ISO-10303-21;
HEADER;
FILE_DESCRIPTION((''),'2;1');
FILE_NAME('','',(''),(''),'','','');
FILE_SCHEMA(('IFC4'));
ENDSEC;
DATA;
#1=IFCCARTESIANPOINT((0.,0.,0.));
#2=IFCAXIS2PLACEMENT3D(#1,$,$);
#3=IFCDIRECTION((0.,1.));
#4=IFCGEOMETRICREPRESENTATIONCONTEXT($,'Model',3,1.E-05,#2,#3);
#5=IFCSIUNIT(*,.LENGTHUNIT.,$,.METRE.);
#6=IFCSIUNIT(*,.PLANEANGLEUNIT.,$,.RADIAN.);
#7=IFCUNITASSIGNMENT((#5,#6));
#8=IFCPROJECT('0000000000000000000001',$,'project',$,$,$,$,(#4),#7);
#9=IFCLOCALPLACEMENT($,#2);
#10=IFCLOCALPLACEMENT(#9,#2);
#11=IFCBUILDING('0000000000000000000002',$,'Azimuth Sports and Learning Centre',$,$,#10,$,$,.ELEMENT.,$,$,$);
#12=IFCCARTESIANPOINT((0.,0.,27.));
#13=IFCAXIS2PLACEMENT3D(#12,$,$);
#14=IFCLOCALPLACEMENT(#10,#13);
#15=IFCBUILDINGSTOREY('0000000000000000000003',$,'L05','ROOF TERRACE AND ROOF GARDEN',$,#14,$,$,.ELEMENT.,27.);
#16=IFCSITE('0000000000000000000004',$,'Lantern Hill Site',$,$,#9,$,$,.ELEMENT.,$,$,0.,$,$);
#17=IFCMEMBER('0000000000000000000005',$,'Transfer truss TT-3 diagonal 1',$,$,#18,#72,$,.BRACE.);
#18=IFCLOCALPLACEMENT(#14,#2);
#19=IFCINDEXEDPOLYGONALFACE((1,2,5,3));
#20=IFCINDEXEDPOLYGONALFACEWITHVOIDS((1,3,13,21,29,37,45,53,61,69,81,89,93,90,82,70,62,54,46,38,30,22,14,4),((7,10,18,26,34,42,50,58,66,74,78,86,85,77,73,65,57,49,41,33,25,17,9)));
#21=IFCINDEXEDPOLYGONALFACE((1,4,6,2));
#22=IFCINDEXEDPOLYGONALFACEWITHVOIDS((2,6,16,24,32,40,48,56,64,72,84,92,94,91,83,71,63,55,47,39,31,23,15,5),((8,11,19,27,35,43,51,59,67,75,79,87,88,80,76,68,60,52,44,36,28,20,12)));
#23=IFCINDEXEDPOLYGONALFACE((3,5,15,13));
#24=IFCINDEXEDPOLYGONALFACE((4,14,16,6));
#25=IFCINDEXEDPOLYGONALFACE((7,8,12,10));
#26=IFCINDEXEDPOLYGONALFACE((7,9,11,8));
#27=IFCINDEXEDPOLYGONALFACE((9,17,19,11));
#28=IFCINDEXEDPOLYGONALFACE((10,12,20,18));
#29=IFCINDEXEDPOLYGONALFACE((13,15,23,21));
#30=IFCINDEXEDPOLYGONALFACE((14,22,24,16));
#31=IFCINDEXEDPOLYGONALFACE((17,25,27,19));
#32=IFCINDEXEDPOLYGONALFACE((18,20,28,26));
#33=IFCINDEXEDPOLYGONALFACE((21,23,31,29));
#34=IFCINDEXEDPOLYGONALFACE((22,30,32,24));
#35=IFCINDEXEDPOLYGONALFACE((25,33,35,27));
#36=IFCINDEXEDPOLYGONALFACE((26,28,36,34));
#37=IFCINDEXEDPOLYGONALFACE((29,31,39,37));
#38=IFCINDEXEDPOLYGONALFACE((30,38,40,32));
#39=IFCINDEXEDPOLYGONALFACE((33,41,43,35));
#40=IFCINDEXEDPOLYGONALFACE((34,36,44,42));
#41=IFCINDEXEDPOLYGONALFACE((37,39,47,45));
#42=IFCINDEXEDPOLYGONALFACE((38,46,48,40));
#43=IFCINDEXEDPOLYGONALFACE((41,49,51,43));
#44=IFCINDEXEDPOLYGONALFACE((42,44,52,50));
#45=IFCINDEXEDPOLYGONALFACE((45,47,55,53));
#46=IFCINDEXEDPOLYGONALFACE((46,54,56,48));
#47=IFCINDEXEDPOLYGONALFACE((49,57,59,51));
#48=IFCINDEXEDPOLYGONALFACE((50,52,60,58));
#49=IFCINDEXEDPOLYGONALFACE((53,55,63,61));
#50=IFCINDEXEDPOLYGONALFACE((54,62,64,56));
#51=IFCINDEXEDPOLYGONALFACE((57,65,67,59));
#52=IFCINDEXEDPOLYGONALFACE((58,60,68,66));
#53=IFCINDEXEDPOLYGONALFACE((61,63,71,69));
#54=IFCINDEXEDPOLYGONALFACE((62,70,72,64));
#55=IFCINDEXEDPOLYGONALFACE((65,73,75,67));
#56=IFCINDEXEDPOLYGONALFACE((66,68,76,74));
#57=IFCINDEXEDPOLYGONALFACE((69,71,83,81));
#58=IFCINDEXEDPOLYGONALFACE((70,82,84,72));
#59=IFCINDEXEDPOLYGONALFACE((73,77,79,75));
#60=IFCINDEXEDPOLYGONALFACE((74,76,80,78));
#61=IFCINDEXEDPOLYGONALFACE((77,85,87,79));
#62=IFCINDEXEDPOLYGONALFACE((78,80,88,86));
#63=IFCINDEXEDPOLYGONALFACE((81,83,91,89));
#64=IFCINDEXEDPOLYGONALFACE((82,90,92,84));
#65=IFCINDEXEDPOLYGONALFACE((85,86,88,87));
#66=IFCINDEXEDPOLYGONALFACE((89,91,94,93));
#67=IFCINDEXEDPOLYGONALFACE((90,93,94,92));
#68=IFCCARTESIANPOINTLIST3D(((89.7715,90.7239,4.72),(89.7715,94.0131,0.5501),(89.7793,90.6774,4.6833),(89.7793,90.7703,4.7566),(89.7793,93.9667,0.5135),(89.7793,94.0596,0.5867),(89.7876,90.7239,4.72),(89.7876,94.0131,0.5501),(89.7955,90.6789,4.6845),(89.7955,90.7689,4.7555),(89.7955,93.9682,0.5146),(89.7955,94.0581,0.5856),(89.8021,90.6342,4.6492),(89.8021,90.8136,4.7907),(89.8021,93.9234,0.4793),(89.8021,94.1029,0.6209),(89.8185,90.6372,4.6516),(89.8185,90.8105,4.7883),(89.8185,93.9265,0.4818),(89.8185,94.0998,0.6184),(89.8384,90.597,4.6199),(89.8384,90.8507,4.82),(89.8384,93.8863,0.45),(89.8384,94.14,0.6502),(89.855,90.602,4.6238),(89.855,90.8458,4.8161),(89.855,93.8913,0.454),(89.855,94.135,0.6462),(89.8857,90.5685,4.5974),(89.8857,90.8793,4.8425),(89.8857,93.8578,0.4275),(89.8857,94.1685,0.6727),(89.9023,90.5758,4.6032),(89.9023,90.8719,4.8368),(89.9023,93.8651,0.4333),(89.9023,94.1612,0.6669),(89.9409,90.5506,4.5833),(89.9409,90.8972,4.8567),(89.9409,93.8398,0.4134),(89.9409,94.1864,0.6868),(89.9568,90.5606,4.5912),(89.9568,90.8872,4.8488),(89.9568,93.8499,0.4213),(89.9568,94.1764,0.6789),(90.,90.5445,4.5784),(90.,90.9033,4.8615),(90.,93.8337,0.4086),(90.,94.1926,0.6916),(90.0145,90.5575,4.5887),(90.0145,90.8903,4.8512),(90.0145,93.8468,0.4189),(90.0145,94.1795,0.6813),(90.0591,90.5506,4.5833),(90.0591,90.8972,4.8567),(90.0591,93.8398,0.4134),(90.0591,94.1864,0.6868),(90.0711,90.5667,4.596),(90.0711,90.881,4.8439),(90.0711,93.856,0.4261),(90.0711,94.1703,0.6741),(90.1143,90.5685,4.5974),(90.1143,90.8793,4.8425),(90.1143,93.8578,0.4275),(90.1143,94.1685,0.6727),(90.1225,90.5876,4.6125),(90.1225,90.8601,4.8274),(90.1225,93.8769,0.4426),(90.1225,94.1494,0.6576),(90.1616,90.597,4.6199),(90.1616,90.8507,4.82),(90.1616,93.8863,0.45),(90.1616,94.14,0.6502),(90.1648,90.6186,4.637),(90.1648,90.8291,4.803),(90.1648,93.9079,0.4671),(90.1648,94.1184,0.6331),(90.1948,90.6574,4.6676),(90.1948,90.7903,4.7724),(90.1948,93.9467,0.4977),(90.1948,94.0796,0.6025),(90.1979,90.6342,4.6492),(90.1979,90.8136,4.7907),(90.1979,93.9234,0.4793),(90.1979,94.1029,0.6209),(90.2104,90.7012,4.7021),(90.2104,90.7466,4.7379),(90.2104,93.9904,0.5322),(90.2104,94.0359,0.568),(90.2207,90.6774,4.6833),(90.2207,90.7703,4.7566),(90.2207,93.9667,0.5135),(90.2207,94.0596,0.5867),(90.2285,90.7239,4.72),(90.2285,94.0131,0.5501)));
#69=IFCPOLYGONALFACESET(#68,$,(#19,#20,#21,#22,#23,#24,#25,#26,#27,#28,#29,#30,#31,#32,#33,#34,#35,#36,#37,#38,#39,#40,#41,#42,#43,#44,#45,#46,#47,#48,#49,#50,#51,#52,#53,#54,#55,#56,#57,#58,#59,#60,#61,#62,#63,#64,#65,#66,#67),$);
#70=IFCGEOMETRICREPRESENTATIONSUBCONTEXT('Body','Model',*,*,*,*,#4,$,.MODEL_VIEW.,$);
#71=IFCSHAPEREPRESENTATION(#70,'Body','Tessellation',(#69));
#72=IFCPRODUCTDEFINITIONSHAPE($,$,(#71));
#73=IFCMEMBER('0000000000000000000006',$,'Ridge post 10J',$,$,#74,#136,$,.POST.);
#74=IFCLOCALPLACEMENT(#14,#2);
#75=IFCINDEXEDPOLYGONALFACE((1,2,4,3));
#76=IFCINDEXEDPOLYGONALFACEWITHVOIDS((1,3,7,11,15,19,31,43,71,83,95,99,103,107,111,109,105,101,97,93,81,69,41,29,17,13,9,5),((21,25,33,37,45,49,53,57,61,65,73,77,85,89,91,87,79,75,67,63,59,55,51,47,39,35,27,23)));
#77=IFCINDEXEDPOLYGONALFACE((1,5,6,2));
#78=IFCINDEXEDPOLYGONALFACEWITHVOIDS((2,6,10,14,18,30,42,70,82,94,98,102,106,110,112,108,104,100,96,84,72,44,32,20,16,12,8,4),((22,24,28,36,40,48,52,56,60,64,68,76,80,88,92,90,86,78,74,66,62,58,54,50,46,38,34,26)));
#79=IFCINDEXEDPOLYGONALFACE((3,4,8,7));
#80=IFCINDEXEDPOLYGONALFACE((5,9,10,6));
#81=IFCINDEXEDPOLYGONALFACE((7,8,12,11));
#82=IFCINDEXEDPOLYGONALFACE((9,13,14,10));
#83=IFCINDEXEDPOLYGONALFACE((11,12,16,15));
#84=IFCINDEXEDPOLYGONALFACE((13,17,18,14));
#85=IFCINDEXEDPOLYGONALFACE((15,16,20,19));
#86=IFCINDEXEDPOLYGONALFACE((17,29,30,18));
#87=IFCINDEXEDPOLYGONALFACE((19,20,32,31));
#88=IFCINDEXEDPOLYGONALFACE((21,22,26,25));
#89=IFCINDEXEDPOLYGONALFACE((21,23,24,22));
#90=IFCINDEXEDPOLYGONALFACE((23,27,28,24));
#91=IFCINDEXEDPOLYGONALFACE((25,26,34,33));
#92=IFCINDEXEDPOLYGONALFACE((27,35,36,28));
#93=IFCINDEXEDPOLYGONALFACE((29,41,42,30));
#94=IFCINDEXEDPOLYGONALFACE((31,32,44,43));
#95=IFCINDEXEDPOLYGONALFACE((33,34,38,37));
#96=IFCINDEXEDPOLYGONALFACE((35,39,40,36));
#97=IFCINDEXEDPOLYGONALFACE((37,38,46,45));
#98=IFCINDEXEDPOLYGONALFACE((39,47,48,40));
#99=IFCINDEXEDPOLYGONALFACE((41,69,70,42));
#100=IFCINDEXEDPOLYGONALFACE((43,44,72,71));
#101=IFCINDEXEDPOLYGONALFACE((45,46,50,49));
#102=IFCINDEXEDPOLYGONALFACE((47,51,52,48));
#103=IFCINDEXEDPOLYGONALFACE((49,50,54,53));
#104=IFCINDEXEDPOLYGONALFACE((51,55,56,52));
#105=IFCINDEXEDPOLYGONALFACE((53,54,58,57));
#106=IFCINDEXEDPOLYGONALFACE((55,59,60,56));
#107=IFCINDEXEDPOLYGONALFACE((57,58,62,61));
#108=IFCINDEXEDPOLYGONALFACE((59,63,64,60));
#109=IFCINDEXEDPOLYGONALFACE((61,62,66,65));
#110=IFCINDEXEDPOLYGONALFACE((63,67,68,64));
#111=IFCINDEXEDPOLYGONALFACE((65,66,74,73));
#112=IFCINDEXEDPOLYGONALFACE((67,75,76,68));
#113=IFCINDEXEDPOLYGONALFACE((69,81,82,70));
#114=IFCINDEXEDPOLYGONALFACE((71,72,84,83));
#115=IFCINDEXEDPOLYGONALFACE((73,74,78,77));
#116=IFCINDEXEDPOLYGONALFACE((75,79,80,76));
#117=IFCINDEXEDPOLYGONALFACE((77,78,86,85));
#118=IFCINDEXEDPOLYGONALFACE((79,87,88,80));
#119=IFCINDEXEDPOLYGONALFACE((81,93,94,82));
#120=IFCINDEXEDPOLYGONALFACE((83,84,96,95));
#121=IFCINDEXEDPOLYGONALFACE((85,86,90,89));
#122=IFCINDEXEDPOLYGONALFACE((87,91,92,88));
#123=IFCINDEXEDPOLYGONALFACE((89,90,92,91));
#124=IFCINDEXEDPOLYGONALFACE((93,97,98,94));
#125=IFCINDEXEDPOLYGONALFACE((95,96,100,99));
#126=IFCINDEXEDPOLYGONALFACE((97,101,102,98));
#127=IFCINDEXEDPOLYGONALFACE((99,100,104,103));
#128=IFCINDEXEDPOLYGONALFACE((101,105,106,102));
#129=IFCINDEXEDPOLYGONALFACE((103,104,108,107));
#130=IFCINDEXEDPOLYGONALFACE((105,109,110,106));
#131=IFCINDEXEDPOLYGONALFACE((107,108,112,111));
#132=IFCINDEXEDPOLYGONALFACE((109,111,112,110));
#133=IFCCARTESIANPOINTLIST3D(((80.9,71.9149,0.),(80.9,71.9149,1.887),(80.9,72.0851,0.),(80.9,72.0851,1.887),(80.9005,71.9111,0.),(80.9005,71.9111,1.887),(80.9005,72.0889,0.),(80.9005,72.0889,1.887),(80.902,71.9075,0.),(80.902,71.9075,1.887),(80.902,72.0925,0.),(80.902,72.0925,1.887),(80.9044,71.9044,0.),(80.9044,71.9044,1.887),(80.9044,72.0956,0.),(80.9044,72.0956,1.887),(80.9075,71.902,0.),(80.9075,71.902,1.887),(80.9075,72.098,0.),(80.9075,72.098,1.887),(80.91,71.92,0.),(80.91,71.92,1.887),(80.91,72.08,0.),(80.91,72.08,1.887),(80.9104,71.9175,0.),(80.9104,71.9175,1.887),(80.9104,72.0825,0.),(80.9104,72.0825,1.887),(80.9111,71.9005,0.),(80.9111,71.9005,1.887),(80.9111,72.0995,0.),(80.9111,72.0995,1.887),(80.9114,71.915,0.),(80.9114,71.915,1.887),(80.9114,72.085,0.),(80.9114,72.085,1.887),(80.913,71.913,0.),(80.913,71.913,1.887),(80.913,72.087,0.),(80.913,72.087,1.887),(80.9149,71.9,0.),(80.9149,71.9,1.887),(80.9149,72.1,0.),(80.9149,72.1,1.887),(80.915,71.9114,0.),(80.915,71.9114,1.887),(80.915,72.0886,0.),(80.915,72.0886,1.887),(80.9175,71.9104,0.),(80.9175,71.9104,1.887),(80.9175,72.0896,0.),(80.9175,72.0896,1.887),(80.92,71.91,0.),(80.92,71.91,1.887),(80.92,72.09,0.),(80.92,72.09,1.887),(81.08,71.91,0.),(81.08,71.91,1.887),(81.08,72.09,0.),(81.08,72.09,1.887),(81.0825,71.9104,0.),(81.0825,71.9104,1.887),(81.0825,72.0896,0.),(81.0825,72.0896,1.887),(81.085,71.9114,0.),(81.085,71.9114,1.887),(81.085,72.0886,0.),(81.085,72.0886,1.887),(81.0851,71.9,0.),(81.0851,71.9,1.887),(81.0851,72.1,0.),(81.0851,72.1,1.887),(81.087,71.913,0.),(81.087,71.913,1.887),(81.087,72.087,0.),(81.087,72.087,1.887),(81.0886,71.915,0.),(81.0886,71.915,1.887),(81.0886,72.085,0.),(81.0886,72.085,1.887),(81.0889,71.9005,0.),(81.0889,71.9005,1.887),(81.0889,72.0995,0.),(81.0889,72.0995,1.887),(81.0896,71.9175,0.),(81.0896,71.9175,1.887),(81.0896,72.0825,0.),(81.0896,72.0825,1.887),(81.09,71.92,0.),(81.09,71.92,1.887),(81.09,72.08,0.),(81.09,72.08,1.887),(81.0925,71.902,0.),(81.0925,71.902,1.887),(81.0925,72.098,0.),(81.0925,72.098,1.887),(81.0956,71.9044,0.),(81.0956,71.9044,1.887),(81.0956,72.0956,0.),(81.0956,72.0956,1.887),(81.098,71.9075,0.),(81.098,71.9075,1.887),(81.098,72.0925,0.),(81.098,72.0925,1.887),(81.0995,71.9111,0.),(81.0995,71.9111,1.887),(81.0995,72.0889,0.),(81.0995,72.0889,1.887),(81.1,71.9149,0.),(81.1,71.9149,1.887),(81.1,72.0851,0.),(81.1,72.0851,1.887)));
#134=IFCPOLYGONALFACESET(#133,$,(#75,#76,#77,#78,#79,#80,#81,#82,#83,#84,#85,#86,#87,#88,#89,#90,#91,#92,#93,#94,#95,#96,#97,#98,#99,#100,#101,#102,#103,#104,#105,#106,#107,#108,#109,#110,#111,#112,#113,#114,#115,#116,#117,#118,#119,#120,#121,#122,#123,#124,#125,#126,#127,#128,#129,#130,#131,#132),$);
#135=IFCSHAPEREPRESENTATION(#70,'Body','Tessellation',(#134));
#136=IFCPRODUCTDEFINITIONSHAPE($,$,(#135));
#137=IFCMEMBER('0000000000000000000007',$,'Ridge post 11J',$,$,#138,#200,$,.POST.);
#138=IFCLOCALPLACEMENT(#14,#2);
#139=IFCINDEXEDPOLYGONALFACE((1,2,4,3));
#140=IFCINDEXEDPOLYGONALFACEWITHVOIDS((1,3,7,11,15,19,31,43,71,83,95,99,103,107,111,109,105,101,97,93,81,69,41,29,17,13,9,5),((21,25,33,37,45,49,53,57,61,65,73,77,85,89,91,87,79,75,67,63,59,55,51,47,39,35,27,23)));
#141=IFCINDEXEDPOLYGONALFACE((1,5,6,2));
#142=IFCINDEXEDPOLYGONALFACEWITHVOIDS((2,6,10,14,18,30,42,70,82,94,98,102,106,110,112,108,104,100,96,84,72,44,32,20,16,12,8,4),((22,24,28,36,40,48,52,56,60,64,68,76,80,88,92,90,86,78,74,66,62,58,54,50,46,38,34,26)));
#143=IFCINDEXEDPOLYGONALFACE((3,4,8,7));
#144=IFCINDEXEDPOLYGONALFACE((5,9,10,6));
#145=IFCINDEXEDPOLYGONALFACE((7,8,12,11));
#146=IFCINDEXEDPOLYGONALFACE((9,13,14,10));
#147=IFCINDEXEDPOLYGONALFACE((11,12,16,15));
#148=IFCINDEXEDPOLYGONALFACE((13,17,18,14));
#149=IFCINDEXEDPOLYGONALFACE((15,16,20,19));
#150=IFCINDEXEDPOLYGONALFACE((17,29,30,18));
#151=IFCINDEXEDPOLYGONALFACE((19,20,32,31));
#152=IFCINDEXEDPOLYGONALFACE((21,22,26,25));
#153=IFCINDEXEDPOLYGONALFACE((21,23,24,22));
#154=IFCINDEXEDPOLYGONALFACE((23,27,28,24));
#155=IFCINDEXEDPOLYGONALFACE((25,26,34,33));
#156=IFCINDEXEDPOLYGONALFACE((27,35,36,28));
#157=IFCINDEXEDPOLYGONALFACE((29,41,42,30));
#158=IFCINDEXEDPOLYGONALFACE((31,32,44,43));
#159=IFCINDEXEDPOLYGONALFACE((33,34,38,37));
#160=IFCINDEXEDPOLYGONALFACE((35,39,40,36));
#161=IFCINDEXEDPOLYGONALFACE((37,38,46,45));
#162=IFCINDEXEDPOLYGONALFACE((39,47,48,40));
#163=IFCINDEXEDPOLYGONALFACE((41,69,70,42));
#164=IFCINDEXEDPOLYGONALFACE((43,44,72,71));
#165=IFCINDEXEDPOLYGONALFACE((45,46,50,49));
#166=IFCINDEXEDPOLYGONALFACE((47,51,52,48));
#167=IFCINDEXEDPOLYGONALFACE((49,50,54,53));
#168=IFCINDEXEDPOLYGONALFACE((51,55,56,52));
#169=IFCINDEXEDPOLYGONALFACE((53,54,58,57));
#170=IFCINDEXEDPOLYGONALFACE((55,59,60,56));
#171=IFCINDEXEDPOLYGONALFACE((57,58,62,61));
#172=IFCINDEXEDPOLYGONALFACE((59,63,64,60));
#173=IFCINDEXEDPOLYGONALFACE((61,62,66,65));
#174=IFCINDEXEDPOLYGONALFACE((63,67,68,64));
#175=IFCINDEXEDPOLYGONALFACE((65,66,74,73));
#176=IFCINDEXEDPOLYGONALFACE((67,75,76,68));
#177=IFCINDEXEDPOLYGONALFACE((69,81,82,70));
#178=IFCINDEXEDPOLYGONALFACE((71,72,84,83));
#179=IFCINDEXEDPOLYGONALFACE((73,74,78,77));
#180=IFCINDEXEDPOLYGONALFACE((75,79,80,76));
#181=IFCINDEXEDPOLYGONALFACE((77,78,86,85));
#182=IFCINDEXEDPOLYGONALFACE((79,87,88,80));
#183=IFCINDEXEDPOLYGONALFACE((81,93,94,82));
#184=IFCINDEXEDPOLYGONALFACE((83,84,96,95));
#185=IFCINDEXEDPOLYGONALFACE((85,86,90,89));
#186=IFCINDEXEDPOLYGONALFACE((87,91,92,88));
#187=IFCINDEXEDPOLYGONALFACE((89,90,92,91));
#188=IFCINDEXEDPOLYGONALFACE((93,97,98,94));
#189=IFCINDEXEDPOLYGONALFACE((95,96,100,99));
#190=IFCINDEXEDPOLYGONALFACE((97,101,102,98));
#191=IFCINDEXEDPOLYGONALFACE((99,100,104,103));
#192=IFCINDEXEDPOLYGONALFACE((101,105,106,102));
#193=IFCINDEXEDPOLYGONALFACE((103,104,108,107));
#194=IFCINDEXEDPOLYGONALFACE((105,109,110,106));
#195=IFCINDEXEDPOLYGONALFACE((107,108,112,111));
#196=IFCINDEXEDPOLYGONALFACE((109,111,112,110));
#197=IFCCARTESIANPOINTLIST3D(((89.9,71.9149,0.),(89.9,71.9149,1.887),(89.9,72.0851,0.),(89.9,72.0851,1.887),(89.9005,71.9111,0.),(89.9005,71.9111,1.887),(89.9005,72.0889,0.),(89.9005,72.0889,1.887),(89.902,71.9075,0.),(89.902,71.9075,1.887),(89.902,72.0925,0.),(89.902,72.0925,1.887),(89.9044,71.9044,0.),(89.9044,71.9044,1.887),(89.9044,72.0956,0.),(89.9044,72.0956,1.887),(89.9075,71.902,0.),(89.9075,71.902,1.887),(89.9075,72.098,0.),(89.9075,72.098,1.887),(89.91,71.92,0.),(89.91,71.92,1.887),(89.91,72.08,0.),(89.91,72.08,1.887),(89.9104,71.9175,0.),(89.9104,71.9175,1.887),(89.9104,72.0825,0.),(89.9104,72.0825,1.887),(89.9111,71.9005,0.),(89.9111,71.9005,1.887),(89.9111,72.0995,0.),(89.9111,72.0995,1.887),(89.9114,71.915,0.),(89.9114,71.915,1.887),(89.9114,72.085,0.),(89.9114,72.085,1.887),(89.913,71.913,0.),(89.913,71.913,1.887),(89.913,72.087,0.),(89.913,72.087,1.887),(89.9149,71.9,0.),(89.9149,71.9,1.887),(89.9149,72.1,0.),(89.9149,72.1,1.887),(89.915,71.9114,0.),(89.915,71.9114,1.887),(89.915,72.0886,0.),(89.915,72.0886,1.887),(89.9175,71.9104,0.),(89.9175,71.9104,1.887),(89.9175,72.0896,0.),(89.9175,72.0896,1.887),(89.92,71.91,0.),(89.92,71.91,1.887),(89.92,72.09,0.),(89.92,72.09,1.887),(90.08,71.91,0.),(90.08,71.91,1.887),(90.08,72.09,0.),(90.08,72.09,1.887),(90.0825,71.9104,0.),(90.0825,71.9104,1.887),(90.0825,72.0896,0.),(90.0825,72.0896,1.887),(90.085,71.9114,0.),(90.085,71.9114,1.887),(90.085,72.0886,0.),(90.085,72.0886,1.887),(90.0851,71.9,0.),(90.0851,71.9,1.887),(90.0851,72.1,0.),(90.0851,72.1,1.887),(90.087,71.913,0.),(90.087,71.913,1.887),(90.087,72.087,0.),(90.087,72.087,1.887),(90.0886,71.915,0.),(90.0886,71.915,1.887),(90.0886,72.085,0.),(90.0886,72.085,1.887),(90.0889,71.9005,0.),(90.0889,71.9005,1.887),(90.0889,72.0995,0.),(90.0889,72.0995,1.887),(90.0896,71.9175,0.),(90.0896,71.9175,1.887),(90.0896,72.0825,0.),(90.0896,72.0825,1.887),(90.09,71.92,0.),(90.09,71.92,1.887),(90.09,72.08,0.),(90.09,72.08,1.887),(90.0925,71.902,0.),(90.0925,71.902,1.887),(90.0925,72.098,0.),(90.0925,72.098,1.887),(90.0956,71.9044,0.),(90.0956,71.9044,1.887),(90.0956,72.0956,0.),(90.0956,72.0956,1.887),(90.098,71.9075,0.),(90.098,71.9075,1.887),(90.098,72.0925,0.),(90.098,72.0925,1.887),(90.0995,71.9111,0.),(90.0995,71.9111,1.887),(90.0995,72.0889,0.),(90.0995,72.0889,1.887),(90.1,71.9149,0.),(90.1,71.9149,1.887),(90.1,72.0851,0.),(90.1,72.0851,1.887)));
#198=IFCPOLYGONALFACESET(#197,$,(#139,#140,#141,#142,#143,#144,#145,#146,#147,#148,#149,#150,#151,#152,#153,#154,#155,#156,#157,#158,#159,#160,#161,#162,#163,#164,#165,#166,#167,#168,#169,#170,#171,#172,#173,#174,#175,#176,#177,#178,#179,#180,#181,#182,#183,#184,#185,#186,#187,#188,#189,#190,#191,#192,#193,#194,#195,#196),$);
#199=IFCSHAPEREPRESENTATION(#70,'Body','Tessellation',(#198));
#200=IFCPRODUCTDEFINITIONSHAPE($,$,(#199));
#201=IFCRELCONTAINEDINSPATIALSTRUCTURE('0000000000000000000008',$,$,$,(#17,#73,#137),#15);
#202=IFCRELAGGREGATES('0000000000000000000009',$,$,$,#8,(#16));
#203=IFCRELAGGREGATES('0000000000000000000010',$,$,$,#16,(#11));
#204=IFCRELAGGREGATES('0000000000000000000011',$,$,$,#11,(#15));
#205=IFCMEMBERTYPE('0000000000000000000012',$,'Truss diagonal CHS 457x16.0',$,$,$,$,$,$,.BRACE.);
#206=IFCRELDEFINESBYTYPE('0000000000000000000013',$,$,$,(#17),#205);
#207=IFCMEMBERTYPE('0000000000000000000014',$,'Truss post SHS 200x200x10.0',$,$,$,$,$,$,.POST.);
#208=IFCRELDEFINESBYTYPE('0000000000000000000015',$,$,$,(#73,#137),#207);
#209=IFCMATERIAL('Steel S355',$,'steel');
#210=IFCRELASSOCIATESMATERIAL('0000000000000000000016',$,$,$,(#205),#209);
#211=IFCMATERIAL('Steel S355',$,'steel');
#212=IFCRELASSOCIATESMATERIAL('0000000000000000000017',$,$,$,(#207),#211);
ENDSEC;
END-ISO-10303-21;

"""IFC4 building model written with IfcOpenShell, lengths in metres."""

from ifc_helpers import new_model, si_unit, direction, frame, origin, origin_2d, place, context, subcontext, project, spatial, hollow_rectangle, hollow_circle, extrude, material, material_profile, profile_set, type_object, element, save


model = new_model("IFC4")

# Units and contexts
model_context = context("Model", 3, precision=1e-05, world=origin(), true_north=direction((0.0, 1.0)))
body_context = subcontext(model_context, "Body", "Model", "MODEL_VIEW")
ifc_project = project(units=[si_unit("LENGTHUNIT", "METRE"), si_unit("PLANEANGLEUNIT", "RADIAN")], contexts=[model_context])

# Site, building, storey
site_placement = place(None, origin())
site = spatial("IfcSite", under=ifc_project, at=site_placement, Name="Lantern Hill Site", CompositionType="ELEMENT", RefElevation=0.0)
building_placement = place(site_placement, origin())
building = spatial("IfcBuilding", under=site, at=building_placement, Name="Azimuth Sports and Learning Centre", CompositionType="ELEMENT")
storey_placement = place(building_placement, frame((0.0, 0.0, 27.0)))
storey = spatial("IfcBuildingStorey", under=building, at=storey_placement, Name="L05", Description="ROOF TERRACE AND ROOF GARDEN", CompositionType="ELEMENT", Elevation=27.0)

# Members
ifc_material_1 = material(Name="Steel S355", Category="steel")
ifc_material_profile_1 = material_profile(ifc_material_1, hollow_circle(Radius=0.2285, WallThickness=0.0161, at=origin_2d()), Name="CHS 457x16.0")
ifc_profile_set_1 = profile_set([ifc_material_profile_1], Name="Steel S355")
member_type_1 = type_object("IfcMemberType", Name="Truss diagonal CHS 457x16.0", PredefinedType="BRACE", material=ifc_profile_set_1)
for number, where, z_axis, x_axis, name in (
    (1, (90.0, 90.7239, 4.72), (0.0, 0.619327, -0.785133), (-1.0, 0.0, 0.0), "Transfer truss TT-3 diagonal 1"),
):
    element("IfcMember", number, at=place(storey_placement, frame(where, z_axis=z_axis, x_axis=x_axis)), inside=storey, type_object=member_type_1, Name=name, PredefinedType="BRACE", context=body_context, shape_type="SweptSolid", body=[
        extrude(hollow_circle(Radius=0.2285, WallThickness=0.0161, at=origin_2d()), origin(), (0.0, 0.0, 1.0), 5.311),
    ])
ifc_material_2 = material(Name="Steel S355", Category="steel")
ifc_material_profile_2 = material_profile(ifc_material_2, hollow_rectangle(XDim=0.2, YDim=0.2, WallThickness=0.01, InnerFilletRadius=0.01, OuterFilletRadius=0.0149, at=origin_2d()), Name="SHS 200x200x10.0")
ifc_profile_set_2 = profile_set([ifc_material_profile_2], Name="Steel S355")
member_type_2 = type_object("IfcMemberType", Name="Truss post SHS 200x200x10.0", PredefinedType="POST", material=ifc_profile_set_2)
for number, where, z_axis, x_axis, name in (
    (2, (81.0, 72.0, 0.0), (0.0, 0.0, 1.0), (1.0, 0.0, 0.0), "Ridge post 10J"),
    (3, (90.0, 72.0, 0.0), (0.0, 0.0, 1.0), (1.0, 0.0, 0.0), "Ridge post 11J"),
):
    element("IfcMember", number, at=place(storey_placement, frame(where, z_axis=z_axis, x_axis=x_axis)), inside=storey, type_object=member_type_2, Name=name, PredefinedType="POST", context=body_context, shape_type="SweptSolid", body=[
        extrude(hollow_rectangle(XDim=0.2, YDim=0.2, WallThickness=0.01, InnerFilletRadius=0.01, OuterFilletRadius=0.0149, at=origin_2d()), origin(), (0.0, 0.0, 1.0), 1.887),
    ])

save(model, "model.ifc")
